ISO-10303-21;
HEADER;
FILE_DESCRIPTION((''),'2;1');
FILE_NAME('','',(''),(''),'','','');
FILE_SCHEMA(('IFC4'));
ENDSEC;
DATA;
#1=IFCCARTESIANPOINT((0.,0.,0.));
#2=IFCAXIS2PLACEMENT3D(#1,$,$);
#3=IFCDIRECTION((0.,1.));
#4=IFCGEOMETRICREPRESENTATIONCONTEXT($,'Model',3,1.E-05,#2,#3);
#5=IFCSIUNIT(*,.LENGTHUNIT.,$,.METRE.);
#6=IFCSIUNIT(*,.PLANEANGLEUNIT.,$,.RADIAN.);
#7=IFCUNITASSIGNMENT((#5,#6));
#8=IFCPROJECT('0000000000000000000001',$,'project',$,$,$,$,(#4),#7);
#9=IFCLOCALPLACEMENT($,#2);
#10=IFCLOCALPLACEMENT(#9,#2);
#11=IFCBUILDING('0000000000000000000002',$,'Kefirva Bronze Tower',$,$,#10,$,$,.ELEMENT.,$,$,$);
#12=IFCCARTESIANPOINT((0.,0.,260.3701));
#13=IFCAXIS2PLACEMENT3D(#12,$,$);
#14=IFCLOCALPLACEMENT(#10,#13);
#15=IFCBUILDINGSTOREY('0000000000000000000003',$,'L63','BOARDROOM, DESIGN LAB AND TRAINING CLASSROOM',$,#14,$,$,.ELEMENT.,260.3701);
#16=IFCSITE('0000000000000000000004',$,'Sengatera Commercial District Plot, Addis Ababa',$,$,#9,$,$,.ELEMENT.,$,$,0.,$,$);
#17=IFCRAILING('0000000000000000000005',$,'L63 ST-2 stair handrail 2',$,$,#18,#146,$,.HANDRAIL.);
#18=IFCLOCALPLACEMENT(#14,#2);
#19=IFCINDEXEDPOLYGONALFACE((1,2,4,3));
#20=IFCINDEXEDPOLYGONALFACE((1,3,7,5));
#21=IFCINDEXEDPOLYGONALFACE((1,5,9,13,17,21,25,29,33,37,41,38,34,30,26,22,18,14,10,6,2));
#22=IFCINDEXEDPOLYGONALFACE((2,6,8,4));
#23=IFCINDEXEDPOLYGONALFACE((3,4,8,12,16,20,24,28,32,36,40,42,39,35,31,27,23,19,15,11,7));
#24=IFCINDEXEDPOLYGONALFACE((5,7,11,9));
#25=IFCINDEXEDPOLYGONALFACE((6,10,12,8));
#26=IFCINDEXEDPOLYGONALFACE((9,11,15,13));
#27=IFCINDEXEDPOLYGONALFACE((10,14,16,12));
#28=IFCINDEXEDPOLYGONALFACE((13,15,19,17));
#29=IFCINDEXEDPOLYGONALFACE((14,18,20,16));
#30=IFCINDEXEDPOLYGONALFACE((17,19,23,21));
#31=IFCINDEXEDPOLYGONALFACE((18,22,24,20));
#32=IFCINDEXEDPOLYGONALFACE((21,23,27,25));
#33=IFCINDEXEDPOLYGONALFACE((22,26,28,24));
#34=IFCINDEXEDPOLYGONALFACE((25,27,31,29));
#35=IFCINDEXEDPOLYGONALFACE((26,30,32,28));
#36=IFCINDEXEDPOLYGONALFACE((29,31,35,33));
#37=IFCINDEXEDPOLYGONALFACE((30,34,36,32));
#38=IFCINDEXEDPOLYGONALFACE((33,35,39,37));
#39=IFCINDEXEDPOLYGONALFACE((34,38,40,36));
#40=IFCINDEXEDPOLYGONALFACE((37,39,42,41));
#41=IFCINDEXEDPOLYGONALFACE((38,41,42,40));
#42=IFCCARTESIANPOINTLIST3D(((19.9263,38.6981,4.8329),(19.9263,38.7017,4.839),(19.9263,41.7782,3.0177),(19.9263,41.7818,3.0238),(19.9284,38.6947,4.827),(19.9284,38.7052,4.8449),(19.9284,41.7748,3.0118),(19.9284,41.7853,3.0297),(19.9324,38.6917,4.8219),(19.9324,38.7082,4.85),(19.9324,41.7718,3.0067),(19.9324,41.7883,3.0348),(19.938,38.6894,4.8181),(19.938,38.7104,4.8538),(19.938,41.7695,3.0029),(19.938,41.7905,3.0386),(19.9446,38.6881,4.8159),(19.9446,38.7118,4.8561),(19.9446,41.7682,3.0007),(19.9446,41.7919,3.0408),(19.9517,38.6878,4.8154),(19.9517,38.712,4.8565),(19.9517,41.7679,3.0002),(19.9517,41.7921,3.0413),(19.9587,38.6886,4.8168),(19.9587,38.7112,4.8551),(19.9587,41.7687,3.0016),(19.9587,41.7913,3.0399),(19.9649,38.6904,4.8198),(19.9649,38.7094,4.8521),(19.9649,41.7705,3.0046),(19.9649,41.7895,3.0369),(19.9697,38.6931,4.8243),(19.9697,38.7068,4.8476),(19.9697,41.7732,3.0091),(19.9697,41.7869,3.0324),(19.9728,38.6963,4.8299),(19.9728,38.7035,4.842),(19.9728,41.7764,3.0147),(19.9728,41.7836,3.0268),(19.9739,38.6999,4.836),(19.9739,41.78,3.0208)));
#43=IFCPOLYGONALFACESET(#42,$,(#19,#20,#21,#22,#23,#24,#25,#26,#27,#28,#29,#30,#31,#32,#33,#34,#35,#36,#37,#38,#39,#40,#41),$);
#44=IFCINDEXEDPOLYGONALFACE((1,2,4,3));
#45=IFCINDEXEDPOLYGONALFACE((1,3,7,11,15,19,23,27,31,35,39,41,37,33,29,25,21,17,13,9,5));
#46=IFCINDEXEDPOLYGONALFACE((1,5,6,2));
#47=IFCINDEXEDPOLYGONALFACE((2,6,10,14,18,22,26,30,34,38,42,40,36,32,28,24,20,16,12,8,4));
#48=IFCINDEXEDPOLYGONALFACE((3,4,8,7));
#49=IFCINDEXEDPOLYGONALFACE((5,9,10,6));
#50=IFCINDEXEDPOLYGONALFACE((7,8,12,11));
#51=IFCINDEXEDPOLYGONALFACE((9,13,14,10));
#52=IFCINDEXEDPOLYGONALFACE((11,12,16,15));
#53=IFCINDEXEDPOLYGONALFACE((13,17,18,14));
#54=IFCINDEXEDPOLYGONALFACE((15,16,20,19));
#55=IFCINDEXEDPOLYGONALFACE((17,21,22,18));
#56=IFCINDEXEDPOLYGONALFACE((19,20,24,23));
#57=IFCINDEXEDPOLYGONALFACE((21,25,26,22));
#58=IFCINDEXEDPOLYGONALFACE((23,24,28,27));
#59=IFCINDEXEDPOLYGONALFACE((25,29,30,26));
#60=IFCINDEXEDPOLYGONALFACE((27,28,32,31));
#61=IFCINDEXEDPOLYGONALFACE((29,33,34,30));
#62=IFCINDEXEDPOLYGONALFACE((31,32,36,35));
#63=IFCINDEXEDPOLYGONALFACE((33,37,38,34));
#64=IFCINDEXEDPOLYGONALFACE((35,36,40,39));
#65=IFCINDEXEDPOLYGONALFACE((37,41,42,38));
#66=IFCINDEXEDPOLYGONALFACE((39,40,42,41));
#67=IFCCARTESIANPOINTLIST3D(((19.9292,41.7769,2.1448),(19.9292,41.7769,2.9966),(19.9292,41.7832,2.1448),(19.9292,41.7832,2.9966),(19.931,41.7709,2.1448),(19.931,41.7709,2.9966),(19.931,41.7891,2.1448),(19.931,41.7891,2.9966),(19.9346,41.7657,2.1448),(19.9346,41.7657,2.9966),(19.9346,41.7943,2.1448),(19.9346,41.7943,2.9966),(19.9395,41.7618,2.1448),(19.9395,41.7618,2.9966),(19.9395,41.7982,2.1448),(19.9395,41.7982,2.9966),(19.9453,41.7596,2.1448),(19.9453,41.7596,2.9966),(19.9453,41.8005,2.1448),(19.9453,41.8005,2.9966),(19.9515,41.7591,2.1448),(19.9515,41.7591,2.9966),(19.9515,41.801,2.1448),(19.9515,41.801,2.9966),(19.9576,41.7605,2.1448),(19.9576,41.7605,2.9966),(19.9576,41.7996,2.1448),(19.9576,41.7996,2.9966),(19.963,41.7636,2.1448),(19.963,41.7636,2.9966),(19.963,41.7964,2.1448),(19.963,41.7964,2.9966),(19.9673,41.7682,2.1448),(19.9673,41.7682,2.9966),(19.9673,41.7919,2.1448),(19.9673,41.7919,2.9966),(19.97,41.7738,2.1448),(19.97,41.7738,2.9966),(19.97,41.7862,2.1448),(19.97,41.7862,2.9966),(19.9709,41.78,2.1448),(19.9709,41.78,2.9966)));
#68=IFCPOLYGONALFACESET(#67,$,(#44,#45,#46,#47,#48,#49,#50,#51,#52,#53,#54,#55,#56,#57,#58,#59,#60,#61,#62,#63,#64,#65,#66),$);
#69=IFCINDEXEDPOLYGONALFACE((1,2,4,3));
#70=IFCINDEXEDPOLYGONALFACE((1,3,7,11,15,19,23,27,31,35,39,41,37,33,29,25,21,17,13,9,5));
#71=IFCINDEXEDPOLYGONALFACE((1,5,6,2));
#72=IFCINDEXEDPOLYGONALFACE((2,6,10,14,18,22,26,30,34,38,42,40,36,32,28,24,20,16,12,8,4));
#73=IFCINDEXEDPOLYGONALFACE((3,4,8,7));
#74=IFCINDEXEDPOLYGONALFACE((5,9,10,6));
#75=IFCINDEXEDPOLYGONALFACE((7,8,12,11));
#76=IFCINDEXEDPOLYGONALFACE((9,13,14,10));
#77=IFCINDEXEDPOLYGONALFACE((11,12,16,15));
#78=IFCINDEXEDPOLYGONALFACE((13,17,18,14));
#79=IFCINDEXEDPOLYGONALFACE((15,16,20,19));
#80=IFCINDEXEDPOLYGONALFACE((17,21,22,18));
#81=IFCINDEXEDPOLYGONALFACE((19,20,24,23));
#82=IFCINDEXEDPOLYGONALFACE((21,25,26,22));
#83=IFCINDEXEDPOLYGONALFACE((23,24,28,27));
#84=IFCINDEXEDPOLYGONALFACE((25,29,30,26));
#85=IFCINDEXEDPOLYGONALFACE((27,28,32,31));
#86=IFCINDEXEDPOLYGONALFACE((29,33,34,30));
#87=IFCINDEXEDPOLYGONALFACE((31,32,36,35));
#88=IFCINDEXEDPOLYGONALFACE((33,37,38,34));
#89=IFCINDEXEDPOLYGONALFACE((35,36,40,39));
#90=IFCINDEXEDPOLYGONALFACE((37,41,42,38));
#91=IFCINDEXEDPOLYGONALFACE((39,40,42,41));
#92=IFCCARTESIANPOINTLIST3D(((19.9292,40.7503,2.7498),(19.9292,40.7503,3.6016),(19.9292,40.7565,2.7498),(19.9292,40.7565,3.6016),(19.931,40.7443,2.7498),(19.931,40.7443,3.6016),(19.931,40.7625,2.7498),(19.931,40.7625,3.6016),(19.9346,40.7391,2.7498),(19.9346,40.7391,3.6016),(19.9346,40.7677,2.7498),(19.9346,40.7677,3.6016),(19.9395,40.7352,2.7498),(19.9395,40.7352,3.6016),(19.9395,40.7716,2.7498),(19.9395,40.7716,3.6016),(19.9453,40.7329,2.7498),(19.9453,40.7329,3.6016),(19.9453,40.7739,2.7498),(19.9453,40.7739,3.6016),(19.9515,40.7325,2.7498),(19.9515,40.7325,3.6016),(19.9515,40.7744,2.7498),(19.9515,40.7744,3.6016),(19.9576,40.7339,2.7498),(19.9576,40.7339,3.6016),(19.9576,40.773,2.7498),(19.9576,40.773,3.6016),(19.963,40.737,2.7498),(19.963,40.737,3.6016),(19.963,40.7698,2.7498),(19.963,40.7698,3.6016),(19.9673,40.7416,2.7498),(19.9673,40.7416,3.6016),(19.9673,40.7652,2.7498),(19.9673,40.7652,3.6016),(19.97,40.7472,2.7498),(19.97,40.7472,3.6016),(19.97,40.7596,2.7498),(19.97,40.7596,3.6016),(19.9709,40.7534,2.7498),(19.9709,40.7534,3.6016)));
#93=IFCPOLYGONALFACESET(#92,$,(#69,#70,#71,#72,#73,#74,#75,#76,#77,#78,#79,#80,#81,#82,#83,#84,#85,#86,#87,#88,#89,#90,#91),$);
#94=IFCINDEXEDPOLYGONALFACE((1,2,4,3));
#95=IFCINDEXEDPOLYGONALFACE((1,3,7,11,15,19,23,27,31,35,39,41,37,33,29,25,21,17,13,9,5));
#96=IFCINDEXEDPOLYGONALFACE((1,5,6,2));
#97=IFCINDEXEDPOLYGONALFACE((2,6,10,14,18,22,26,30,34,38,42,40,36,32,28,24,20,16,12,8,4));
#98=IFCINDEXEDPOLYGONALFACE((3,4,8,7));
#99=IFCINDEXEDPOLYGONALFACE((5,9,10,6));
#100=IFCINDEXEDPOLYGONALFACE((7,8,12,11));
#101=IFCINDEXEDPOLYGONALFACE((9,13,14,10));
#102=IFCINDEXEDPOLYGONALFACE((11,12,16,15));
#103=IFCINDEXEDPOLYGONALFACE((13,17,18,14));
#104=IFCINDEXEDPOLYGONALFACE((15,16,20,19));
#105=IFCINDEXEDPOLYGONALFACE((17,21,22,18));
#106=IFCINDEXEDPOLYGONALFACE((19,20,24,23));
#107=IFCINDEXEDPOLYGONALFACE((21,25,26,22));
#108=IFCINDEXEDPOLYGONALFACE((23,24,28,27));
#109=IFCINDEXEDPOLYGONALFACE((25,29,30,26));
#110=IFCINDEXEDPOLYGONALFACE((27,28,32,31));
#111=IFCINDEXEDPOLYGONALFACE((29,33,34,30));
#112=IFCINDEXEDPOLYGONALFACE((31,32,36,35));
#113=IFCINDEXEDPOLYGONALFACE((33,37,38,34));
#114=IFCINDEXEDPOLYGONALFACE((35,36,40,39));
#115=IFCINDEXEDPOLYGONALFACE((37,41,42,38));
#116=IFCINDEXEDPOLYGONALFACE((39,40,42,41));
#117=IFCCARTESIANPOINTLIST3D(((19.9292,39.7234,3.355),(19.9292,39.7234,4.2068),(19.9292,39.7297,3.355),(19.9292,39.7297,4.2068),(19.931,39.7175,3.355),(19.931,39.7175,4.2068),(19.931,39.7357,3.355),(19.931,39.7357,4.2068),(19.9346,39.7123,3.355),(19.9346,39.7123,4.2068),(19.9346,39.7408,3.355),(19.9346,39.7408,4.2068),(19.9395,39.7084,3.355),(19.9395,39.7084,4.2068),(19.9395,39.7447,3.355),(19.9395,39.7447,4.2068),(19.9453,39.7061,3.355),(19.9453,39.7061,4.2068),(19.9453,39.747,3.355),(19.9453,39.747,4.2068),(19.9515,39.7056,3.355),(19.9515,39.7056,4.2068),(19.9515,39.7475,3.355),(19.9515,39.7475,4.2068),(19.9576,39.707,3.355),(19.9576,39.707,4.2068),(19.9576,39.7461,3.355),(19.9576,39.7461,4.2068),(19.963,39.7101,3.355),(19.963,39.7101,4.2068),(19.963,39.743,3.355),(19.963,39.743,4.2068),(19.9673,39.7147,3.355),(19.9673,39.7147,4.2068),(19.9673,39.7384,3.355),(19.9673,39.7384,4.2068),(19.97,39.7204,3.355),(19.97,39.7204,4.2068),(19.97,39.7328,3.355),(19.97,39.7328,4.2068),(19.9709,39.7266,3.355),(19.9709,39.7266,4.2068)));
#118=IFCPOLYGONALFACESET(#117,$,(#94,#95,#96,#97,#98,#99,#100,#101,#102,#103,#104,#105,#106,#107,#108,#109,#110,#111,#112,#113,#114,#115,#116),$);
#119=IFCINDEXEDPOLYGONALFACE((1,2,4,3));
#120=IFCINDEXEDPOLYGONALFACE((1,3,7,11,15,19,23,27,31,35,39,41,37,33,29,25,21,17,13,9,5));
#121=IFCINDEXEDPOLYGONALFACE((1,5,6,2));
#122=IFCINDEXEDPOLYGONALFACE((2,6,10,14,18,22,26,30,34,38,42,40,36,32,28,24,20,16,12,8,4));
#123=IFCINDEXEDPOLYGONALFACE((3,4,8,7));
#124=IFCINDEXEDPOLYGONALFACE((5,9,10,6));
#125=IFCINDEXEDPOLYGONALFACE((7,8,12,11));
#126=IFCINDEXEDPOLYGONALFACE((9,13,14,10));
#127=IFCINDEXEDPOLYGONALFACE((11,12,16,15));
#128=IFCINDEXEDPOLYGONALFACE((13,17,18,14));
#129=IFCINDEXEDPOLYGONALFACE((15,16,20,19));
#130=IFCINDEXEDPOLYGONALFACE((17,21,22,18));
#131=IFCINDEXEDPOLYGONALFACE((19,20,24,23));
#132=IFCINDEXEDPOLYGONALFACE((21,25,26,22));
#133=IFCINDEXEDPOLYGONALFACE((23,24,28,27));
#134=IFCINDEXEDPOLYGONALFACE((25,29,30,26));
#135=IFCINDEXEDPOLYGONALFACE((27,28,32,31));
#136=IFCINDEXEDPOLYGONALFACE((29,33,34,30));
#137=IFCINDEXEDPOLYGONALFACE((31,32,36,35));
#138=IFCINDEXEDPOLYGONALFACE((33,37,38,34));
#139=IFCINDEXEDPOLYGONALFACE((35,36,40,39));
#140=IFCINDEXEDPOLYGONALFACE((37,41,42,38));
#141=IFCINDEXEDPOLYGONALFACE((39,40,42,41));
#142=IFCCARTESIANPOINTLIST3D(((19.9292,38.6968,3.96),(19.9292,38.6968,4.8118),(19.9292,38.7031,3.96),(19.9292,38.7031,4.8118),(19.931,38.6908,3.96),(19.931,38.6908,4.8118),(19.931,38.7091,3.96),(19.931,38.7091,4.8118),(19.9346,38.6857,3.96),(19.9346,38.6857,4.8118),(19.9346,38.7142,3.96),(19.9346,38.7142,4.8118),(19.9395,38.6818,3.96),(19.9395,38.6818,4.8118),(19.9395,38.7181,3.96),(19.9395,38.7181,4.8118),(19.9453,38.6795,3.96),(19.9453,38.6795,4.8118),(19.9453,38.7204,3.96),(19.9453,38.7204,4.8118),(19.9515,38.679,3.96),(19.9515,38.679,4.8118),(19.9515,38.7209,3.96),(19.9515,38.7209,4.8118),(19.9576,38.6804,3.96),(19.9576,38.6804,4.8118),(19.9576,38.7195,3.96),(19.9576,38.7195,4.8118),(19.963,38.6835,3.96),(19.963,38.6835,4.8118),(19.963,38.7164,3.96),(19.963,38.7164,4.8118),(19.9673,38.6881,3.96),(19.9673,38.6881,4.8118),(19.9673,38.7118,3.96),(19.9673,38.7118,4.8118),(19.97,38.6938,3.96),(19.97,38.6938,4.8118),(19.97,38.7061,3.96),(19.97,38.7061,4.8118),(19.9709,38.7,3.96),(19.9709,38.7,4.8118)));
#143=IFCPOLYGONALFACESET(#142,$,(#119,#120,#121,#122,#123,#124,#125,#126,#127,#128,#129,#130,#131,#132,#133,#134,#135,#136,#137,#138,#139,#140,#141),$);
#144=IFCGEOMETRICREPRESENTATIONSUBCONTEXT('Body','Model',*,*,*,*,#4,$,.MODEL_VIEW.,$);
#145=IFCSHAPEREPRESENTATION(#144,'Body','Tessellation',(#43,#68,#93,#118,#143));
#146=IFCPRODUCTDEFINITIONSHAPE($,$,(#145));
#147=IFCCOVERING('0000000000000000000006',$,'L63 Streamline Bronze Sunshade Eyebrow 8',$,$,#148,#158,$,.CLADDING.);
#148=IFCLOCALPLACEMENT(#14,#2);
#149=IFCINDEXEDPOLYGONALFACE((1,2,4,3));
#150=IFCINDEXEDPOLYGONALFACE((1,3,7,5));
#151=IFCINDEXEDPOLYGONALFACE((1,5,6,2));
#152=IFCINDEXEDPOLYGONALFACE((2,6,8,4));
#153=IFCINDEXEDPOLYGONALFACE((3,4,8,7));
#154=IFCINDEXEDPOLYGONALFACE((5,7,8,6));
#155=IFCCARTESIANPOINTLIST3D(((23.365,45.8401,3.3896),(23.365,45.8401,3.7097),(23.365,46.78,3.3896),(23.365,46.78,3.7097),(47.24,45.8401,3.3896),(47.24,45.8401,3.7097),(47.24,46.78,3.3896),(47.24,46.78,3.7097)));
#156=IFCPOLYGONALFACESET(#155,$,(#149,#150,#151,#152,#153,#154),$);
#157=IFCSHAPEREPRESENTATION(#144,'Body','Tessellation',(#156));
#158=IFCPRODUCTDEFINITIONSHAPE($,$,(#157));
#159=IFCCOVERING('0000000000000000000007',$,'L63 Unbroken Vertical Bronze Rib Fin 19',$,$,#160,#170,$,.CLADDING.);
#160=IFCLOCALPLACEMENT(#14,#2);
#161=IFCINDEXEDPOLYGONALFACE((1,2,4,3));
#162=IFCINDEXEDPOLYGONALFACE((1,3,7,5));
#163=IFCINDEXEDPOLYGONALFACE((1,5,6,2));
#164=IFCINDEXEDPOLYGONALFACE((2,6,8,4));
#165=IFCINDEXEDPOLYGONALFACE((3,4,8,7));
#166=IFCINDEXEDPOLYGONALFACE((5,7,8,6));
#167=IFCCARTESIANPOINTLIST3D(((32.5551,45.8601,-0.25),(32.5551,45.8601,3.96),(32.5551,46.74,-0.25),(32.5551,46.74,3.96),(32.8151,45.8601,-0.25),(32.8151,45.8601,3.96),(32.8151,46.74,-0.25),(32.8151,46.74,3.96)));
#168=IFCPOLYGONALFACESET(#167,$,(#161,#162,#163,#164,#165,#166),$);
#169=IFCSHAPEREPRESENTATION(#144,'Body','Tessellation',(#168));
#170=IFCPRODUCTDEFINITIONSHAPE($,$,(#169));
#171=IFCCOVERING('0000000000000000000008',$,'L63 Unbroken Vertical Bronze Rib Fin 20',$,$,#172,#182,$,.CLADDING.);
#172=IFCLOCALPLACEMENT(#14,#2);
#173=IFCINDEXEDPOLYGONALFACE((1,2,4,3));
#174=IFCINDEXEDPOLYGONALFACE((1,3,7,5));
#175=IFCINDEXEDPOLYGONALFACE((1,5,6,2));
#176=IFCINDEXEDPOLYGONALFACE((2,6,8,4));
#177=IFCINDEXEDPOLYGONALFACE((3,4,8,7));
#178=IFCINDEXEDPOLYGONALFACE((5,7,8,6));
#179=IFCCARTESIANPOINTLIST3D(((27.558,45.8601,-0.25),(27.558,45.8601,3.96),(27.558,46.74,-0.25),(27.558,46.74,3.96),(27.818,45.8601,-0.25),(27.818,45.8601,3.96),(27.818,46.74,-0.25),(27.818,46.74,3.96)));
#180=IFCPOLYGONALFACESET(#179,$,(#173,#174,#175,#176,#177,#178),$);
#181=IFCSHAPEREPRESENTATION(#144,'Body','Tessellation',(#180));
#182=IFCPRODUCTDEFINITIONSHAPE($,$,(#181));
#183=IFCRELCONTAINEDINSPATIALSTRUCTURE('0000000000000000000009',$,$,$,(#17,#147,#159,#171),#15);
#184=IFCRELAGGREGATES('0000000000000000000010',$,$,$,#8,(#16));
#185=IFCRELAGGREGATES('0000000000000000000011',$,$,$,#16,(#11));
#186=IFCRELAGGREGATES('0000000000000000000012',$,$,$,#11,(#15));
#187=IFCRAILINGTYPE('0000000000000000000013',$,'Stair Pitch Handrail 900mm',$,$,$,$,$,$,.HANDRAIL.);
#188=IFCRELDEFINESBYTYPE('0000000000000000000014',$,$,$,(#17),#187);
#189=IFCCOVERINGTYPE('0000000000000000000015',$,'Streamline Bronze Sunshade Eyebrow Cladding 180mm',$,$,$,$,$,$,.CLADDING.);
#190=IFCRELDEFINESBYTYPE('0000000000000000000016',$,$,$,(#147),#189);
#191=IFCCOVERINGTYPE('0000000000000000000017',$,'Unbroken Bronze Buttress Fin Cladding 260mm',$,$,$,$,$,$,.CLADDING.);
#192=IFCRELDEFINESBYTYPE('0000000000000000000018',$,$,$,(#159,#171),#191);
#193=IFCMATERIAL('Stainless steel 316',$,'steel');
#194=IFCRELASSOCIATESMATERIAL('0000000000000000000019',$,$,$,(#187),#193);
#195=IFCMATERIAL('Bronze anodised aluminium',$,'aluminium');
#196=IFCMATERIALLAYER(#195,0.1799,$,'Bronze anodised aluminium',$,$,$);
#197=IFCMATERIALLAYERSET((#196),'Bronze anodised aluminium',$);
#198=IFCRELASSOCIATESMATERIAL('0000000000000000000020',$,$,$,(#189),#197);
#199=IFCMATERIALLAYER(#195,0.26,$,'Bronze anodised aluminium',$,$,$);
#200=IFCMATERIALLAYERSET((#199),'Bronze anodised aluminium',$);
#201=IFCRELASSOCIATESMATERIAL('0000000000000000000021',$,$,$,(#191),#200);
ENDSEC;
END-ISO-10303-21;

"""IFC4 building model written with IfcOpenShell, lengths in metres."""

from ifc_helpers import new_model, si_unit, direction, frame, origin, origin_2d, place, context, subcontext, project, spatial, rectangle, circle, extrude, material, layer, layer_set, type_object, element, save


model = new_model("IFC4")

# Units and contexts
model_context = context("Model", 3, precision=1e-05, world=origin(), true_north=direction((0.0, 1.0)))
body_context = subcontext(model_context, "Body", "Model", "MODEL_VIEW")
ifc_project = project(units=[si_unit("LENGTHUNIT", "METRE"), si_unit("PLANEANGLEUNIT", "RADIAN")], contexts=[model_context])

# Site, building, storey
site_placement = place(None, origin())
site = spatial("IfcSite", under=ifc_project, at=site_placement, Name="Sengatera Commercial District Plot, Addis Ababa", CompositionType="ELEMENT", RefElevation=0.0)
building_placement = place(site_placement, origin())
building = spatial("IfcBuilding", under=site, at=building_placement, Name="Kefirva Bronze Tower", CompositionType="ELEMENT")
storey_placement = place(building_placement, frame((0.0, 0.0, 260.3701)))
storey = spatial("IfcBuildingStorey", under=building, at=storey_placement, Name="L63", Description="BOARDROOM, DESIGN LAB AND TRAINING CLASSROOM", CompositionType="ELEMENT", Elevation=260.3701)

# Shared definitions
ifc_material_1 = material(Name="Bronze anodised aluminium", Category="aluminium")

# Railing
ifc_material_2 = material(Name="Stainless steel 316", Category="steel")
railing_type_1 = type_object("IfcRailingType", Name="Stair Pitch Handrail 900mm", PredefinedType="HANDRAIL", material=ifc_material_2)
railing_1_placement = place(storey_placement, frame((19.95, 41.78, 2.1448)))
element("IfcRailing", 1, at=railing_1_placement, inside=storey, type_object=railing_type_1, Name="L63 ST-2 stair handrail 2", PredefinedType="HANDRAIL", context=body_context, shape_type="SweptSolid", body=[
    extrude(circle(Radius=0.0239, at=origin_2d()), frame((0.0, 0.0, 0.876), z_axis=(0.0, -0.861521, 0.507721), x_axis=(1.0, 0.0, 0.0)), (0.0, 0.0, 1.0), 3.5752),
    extrude(circle(Radius=0.021, at=origin_2d()), origin(), (0.0, 0.0, 1.0), 0.8518),
    extrude(circle(Radius=0.021, at=origin_2d()), frame((0.0, -1.0266, 0.605)), (0.0, 0.0, 1.0), 0.8518),
    extrude(circle(Radius=0.021, at=origin_2d()), frame((0.0, -2.0535, 1.2102)), (0.0, 0.0, 1.0), 0.8518),
    extrude(circle(Radius=0.021, at=origin_2d()), frame((0.0, -3.0801, 1.8152)), (0.0, 0.0, 1.0), 0.8518),
])

# Coverings
ifc_layer_1 = layer(ifc_material_1, 0.1799, Name="Bronze anodised aluminium")
ifc_layer_set_1 = layer_set([ifc_layer_1], Name="Bronze anodised aluminium")
covering_type_1 = type_object("IfcCoveringType", Name="Streamline Bronze Sunshade Eyebrow Cladding 180mm", PredefinedType="CLADDING", material=ifc_layer_set_1)
covering_1_placement = place(storey_placement, frame((35.3025, 46.3101, 3.3896), z_axis=(0.0, 0.0, 1.0), x_axis=(-1.0, 0.0, 0.0)))
element("IfcCovering", 2, at=covering_1_placement, inside=storey, type_object=covering_type_1, Name="L63 Streamline Bronze Sunshade Eyebrow 8", PredefinedType="CLADDING", context=body_context, shape_type="SweptSolid", body=[
    extrude(rectangle(XDim=23.875, YDim=0.9399, at=origin_2d()), origin(), (0.0, 0.0, 1.0), 0.3201),
])
ifc_layer_2 = layer(ifc_material_1, 0.26, Name="Bronze anodised aluminium")
ifc_layer_set_2 = layer_set([ifc_layer_2], Name="Bronze anodised aluminium")
covering_type_2 = type_object("IfcCoveringType", Name="Unbroken Bronze Buttress Fin Cladding 260mm", PredefinedType="CLADDING", material=ifc_layer_set_2)
for number, where, z_axis, x_axis, name in (
    (3, (32.6851, 46.3, -0.25), (0.0, 0.0, 1.0), (-1.0, 0.0, 0.0), "L63 Unbroken Vertical Bronze Rib Fin 19"),
    (4, (27.688, 46.3, -0.25), (0.0, 0.0, 1.0), (-1.0, 0.0, 0.0), "L63 Unbroken Vertical Bronze Rib Fin 20"),
):
    element("IfcCovering", number, at=place(storey_placement, frame(where, z_axis=z_axis, x_axis=x_axis)), inside=storey, type_object=covering_type_2, Name=name, PredefinedType="CLADDING", context=body_context, shape_type="SweptSolid", body=[
        extrude(rectangle(XDim=0.26, YDim=0.8799, at=origin_2d()), origin(), (0.0, 0.0, 1.0), 4.21),
    ])

save(model, "model.ifc")
